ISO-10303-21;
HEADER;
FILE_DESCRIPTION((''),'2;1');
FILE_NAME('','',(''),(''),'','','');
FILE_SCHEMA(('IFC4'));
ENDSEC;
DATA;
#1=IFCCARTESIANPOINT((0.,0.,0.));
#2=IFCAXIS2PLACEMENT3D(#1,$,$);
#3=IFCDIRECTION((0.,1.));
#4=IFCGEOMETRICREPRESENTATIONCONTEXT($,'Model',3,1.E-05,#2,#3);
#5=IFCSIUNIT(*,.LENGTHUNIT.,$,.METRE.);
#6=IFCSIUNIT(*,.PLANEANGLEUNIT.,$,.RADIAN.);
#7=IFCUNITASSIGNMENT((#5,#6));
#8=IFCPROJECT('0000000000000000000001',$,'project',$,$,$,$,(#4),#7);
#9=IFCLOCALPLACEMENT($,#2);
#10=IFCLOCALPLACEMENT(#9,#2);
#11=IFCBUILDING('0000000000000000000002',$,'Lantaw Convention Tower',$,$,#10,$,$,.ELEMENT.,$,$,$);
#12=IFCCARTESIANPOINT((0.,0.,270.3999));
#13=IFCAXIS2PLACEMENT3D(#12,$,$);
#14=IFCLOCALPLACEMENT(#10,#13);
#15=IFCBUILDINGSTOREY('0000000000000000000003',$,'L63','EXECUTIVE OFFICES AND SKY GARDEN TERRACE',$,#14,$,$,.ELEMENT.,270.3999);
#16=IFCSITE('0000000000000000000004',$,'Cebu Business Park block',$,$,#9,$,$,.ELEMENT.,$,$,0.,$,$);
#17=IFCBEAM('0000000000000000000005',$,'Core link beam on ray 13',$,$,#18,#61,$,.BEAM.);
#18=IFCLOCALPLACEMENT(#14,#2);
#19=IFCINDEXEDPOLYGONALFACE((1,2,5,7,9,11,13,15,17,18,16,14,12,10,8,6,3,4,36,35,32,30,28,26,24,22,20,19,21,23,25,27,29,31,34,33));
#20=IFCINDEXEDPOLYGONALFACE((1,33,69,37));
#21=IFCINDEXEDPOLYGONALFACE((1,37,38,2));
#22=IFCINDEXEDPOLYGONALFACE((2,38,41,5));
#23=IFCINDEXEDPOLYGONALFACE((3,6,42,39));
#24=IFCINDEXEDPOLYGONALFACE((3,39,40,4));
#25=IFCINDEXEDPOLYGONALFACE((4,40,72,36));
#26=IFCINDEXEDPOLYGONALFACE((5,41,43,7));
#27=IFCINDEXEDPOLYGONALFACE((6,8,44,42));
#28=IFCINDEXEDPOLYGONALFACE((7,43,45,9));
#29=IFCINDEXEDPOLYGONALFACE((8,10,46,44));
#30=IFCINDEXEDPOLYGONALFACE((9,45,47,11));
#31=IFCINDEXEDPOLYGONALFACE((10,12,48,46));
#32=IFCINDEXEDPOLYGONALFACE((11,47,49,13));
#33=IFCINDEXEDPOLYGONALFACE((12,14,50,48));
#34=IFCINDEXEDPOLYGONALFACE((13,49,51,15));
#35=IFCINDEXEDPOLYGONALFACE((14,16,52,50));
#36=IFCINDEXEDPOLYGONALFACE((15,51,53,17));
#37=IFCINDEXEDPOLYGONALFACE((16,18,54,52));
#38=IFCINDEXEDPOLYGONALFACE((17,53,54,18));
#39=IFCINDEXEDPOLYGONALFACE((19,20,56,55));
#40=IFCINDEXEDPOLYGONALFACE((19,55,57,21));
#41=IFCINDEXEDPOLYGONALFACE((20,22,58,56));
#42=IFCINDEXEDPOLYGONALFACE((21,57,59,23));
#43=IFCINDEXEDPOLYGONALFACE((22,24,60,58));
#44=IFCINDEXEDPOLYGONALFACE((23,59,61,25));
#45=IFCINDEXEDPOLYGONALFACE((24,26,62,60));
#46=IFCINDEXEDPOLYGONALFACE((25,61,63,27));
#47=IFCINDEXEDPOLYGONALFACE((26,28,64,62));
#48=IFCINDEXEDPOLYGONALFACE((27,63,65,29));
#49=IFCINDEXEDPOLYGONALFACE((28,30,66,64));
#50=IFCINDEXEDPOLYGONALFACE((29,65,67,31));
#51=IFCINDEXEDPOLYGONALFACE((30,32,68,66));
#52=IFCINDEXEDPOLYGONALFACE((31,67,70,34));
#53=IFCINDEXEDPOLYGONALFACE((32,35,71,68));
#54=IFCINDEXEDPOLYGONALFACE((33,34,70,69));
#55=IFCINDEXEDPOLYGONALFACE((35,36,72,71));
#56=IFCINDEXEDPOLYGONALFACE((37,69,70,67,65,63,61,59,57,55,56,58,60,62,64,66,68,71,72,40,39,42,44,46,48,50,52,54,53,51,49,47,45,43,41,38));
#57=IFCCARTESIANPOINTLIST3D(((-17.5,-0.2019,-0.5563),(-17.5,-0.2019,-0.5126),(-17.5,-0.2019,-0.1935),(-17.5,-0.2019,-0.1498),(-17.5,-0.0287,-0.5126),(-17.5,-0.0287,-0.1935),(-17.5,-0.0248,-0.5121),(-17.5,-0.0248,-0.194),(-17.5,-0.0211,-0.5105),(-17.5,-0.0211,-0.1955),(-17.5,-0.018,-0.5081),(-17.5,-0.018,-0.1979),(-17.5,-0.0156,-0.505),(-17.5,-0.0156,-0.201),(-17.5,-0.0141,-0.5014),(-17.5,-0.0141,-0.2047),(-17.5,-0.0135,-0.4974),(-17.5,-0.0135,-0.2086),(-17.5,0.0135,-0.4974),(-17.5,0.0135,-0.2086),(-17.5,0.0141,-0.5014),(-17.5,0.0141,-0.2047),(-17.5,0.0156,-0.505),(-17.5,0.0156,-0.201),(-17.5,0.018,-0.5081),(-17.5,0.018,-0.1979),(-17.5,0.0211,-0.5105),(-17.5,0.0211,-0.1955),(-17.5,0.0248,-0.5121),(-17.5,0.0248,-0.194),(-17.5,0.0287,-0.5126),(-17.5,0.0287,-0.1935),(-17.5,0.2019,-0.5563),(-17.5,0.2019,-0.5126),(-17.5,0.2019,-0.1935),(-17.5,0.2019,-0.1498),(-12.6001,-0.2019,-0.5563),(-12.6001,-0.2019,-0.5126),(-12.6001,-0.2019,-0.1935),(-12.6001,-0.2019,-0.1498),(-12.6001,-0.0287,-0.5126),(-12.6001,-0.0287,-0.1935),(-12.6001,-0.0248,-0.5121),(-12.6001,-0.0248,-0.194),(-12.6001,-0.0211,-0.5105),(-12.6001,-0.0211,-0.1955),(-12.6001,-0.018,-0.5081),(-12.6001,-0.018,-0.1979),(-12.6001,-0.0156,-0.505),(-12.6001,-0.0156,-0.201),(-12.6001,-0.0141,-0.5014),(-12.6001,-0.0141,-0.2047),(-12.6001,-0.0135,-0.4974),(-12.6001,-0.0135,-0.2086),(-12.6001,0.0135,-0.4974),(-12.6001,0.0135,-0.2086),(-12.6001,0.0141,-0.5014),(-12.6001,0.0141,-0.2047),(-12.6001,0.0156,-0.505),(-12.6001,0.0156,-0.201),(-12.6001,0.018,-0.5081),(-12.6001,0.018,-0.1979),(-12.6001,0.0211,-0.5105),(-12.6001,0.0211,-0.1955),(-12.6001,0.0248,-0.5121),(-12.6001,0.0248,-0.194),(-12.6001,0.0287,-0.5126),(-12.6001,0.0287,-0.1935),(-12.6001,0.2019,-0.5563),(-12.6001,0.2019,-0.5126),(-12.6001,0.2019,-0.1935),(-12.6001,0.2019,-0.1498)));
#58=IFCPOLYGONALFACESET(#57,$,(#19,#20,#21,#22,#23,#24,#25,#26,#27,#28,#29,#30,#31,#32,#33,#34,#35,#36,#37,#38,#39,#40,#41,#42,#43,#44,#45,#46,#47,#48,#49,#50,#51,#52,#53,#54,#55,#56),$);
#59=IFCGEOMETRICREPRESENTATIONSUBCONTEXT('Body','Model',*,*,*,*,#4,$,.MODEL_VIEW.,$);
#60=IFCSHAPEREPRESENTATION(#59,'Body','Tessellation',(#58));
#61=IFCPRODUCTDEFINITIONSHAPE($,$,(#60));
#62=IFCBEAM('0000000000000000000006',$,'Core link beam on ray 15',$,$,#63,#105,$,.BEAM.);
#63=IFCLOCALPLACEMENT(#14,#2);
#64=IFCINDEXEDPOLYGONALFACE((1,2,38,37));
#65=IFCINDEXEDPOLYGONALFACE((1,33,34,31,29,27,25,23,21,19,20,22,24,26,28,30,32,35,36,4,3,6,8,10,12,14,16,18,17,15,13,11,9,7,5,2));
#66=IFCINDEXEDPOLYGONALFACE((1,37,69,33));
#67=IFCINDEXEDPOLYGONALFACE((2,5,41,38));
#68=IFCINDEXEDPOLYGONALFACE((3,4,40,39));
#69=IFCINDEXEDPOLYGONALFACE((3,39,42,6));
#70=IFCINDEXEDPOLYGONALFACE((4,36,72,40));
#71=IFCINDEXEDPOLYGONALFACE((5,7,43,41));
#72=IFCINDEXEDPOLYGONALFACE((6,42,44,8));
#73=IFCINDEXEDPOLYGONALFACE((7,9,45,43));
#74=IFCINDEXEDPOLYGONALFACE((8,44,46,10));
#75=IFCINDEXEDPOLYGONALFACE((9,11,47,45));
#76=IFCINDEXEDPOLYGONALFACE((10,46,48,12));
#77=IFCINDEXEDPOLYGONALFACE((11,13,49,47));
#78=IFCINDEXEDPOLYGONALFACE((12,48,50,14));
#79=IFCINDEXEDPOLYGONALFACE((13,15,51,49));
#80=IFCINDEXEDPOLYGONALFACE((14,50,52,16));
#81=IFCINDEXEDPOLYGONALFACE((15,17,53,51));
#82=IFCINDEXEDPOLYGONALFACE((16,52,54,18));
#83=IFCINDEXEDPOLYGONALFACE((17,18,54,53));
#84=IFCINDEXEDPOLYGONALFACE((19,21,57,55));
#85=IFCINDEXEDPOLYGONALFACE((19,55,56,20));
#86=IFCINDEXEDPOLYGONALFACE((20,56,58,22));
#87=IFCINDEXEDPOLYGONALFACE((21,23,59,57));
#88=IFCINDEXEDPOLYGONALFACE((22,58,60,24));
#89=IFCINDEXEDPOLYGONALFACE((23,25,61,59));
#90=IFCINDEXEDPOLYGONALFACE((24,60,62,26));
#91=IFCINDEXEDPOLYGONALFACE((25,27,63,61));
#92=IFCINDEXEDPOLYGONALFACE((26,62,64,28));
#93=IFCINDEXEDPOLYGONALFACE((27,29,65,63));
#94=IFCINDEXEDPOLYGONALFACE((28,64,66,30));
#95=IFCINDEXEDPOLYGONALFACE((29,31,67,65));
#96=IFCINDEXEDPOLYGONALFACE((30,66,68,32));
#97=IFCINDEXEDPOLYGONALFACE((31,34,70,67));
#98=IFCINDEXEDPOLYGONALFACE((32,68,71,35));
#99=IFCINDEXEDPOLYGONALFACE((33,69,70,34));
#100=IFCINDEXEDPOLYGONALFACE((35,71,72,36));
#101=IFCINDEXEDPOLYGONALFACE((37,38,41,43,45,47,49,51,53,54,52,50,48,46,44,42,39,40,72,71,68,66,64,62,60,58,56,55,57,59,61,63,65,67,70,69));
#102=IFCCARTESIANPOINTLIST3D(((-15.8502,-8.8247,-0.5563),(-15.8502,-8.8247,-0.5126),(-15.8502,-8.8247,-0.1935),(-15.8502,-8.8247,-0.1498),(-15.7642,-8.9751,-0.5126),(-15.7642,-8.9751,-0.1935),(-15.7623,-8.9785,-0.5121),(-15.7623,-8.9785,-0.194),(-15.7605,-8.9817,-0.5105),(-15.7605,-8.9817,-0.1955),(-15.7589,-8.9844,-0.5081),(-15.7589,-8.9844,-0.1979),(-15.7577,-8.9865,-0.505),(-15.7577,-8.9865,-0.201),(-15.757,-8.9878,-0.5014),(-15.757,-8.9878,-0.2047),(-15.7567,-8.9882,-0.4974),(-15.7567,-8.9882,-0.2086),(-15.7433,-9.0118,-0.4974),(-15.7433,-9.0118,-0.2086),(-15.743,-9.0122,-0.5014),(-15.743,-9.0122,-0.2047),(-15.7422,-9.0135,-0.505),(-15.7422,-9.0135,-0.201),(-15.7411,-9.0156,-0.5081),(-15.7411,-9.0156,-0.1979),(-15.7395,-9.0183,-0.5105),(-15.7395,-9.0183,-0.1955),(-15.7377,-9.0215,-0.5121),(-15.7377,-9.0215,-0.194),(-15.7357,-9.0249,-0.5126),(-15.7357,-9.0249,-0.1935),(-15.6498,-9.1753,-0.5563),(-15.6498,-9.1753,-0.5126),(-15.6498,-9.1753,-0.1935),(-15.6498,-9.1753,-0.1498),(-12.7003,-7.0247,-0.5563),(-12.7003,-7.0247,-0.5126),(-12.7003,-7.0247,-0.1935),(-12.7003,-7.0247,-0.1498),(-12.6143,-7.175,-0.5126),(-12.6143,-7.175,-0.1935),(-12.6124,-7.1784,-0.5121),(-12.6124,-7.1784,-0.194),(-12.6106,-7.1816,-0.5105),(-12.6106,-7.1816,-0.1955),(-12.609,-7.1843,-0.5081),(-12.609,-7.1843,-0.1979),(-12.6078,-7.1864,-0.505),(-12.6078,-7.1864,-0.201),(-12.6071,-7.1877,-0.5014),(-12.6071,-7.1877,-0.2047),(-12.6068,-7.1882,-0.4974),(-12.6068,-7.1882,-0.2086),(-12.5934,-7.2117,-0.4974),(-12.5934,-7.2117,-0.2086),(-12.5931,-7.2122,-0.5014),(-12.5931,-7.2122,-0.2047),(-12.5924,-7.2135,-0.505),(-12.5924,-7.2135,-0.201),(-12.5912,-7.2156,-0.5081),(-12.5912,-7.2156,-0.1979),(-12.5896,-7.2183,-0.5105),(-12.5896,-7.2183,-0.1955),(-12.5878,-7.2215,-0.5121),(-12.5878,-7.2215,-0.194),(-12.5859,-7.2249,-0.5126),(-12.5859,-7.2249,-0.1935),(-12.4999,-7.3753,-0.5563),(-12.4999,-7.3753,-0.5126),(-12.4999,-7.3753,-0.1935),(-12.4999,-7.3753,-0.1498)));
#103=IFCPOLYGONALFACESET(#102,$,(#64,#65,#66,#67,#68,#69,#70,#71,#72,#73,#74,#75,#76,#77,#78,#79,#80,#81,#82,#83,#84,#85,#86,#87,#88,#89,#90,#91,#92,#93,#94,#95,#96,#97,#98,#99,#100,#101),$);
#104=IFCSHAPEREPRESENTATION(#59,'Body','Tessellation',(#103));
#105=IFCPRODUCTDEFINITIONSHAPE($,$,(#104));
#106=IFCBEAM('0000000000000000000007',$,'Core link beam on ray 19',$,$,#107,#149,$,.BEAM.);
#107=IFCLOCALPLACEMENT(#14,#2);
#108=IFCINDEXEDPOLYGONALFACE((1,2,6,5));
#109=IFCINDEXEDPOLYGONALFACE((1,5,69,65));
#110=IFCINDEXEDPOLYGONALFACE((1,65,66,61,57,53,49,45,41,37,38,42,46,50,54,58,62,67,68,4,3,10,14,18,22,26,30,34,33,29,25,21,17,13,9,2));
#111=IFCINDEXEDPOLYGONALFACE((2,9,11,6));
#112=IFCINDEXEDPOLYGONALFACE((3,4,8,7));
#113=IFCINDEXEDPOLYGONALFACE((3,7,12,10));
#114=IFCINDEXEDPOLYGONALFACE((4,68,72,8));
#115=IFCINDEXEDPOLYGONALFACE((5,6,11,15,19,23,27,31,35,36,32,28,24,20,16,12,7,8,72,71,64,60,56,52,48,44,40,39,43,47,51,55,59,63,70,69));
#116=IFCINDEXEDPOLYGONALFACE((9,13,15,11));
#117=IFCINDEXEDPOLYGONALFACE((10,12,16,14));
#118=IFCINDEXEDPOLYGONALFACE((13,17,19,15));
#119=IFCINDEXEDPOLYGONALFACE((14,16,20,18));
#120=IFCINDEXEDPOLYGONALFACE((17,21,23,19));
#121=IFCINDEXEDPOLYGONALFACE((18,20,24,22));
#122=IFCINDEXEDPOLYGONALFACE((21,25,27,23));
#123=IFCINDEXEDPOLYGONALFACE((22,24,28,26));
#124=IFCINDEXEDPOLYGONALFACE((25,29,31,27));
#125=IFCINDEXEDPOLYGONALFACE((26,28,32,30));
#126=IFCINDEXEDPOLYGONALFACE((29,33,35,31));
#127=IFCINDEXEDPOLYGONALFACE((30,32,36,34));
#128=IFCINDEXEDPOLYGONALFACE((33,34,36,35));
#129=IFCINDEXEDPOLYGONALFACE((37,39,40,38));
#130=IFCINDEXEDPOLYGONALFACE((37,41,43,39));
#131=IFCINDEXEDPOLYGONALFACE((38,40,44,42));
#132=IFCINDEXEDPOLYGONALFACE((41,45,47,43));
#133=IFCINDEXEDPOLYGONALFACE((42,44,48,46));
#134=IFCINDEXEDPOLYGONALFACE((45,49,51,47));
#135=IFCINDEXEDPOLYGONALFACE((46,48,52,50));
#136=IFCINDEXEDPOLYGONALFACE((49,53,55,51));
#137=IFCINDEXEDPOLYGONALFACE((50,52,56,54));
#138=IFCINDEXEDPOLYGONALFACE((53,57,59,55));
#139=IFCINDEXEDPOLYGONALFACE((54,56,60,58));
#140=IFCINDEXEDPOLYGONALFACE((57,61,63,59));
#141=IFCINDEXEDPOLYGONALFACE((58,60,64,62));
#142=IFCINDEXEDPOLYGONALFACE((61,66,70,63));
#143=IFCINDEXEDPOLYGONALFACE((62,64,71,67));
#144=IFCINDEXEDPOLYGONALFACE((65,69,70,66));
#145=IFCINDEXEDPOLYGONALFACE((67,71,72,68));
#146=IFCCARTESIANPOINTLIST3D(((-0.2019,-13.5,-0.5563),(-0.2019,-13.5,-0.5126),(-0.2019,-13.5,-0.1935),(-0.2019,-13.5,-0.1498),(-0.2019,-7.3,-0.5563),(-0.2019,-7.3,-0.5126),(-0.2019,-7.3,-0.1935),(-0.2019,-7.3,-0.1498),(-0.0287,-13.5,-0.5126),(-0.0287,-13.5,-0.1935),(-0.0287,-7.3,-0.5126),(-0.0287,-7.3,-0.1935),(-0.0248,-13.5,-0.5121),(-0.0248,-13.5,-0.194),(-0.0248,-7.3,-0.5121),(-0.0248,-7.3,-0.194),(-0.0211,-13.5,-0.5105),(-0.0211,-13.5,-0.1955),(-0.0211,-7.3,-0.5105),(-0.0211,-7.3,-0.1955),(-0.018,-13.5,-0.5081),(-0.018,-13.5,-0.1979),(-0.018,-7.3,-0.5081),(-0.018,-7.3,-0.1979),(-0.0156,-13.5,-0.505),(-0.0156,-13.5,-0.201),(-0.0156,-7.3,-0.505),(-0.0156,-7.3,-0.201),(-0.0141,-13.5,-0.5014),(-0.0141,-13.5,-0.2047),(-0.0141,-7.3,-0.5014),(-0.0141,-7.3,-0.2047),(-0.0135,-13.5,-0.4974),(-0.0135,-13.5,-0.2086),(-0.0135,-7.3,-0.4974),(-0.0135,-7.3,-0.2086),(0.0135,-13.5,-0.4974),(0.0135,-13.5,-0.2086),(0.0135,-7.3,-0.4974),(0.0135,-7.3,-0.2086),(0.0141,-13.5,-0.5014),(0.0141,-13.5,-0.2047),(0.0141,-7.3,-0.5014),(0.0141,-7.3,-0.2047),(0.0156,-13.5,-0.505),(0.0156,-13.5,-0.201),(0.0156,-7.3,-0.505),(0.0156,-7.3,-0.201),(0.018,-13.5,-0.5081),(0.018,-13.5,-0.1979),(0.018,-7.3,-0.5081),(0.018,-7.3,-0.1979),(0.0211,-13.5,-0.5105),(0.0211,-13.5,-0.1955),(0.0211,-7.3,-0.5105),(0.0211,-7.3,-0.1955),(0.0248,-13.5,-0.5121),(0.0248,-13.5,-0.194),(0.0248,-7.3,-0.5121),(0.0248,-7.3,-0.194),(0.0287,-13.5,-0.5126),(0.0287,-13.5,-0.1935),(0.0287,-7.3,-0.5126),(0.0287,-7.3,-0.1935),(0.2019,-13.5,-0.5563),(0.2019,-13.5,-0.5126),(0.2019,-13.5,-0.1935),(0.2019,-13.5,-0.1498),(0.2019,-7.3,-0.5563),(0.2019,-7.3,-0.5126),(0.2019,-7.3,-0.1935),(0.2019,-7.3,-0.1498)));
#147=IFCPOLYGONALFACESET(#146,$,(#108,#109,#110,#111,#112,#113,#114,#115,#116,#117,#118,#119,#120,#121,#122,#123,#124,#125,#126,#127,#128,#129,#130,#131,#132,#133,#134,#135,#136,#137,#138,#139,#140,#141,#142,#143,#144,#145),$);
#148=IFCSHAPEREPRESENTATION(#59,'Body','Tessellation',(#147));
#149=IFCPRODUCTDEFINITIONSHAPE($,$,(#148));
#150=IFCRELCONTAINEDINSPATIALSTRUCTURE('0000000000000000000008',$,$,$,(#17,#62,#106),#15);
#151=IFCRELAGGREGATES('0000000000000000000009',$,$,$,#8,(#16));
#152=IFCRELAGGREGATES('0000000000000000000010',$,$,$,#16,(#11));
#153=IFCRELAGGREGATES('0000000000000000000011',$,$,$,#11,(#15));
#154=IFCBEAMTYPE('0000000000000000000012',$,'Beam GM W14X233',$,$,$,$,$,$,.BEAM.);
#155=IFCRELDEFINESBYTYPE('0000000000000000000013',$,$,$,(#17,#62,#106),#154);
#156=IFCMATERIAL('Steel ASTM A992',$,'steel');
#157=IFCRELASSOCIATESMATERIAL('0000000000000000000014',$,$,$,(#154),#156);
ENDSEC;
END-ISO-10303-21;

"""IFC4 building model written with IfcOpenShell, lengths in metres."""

from ifc_helpers import new_model, si_unit, direction, frame, origin, origin_2d, place, context, subcontext, project, spatial, i_section, extrude, material, material_profile, profile_set, type_object, element, save


model = new_model("IFC4")

# Units and contexts
model_context = context("Model", 3, precision=1e-05, world=origin(), true_north=direction((0.0, 1.0)))
body_context = subcontext(model_context, "Body", "Model", "MODEL_VIEW")
ifc_project = project(units=[si_unit("LENGTHUNIT", "METRE"), si_unit("PLANEANGLEUNIT", "RADIAN")], contexts=[model_context])

# Site, building, storey
site_placement = place(None, origin())
site = spatial("IfcSite", under=ifc_project, at=site_placement, Name="Cebu Business Park block", CompositionType="ELEMENT", RefElevation=0.0)
building_placement = place(site_placement, origin())
building = spatial("IfcBuilding", under=site, at=building_placement, Name="Lantaw Convention Tower", CompositionType="ELEMENT")
storey_placement = place(building_placement, frame((0.0, 0.0, 270.3999)))
storey = spatial("IfcBuildingStorey", under=building, at=storey_placement, Name="L63", Description="EXECUTIVE OFFICES AND SKY GARDEN TERRACE", CompositionType="ELEMENT", Elevation=270.3999)

# Beams
ifc_material_1 = material(Name="Steel ASTM A992", Category="steel")
ifc_material_profile_1 = material_profile(ifc_material_1, i_section(OverallWidth=0.4038, OverallDepth=0.4065, WebThickness=0.0271, FlangeThickness=0.0437, FilletRadius=0.0151, at=origin_2d()), Name="W14X233")
ifc_profile_set_1 = profile_set([ifc_material_profile_1], Name="Steel ASTM A992")
beam_type_1 = type_object("IfcBeamType", Name="Beam GM W14X233", PredefinedType="BEAM", material=ifc_profile_set_1)
beam_1_placement = place(storey_placement, frame((-12.6001, 0.0, -0.353), z_axis=(-1.0, 0.0, 0.0), x_axis=(0.0, -1.0, 0.0)))
element("IfcBeam", 1, at=beam_1_placement, inside=storey, type_object=beam_type_1, Name="Core link beam on ray 13", PredefinedType="BEAM", context=body_context, shape_type="SweptSolid", body=[
    extrude(i_section(OverallWidth=0.4038, OverallDepth=0.4065, WebThickness=0.0271, FlangeThickness=0.0437, FilletRadius=0.0151, at=origin_2d()), origin(), (0.0, 0.0, 1.0), 4.8999),
])
beam_2_placement = place(storey_placement, frame((-12.6001, -7.2, -0.353), z_axis=(-0.868231, -0.496161, 0.0), x_axis=(0.496161, -0.868231, 0.0)))
element("IfcBeam", 2, at=beam_2_placement, inside=storey, type_object=beam_type_1, Name="Core link beam on ray 15", PredefinedType="BEAM", context=body_context, shape_type="SweptSolid", body=[
    extrude(i_section(OverallWidth=0.4038, OverallDepth=0.4065, WebThickness=0.0271, FlangeThickness=0.0437, FilletRadius=0.0151, at=origin_2d()), origin(), (0.0, 0.0, 1.0), 3.6279),
])
beam_3_placement = place(storey_placement, frame((0.0, -7.3, -0.353), z_axis=(0.0, -1.0, 0.0), x_axis=(1.0, 0.0, 0.0)))
element("IfcBeam", 3, at=beam_3_placement, inside=storey, type_object=beam_type_1, Name="Core link beam on ray 19", PredefinedType="BEAM", context=body_context, shape_type="SweptSolid", body=[
    extrude(i_section(OverallWidth=0.4038, OverallDepth=0.4065, WebThickness=0.0271, FlangeThickness=0.0437, FilletRadius=0.0151, at=origin_2d()), origin(), (0.0, 0.0, 1.0), 6.2),
])

save(model, "model.ifc")
